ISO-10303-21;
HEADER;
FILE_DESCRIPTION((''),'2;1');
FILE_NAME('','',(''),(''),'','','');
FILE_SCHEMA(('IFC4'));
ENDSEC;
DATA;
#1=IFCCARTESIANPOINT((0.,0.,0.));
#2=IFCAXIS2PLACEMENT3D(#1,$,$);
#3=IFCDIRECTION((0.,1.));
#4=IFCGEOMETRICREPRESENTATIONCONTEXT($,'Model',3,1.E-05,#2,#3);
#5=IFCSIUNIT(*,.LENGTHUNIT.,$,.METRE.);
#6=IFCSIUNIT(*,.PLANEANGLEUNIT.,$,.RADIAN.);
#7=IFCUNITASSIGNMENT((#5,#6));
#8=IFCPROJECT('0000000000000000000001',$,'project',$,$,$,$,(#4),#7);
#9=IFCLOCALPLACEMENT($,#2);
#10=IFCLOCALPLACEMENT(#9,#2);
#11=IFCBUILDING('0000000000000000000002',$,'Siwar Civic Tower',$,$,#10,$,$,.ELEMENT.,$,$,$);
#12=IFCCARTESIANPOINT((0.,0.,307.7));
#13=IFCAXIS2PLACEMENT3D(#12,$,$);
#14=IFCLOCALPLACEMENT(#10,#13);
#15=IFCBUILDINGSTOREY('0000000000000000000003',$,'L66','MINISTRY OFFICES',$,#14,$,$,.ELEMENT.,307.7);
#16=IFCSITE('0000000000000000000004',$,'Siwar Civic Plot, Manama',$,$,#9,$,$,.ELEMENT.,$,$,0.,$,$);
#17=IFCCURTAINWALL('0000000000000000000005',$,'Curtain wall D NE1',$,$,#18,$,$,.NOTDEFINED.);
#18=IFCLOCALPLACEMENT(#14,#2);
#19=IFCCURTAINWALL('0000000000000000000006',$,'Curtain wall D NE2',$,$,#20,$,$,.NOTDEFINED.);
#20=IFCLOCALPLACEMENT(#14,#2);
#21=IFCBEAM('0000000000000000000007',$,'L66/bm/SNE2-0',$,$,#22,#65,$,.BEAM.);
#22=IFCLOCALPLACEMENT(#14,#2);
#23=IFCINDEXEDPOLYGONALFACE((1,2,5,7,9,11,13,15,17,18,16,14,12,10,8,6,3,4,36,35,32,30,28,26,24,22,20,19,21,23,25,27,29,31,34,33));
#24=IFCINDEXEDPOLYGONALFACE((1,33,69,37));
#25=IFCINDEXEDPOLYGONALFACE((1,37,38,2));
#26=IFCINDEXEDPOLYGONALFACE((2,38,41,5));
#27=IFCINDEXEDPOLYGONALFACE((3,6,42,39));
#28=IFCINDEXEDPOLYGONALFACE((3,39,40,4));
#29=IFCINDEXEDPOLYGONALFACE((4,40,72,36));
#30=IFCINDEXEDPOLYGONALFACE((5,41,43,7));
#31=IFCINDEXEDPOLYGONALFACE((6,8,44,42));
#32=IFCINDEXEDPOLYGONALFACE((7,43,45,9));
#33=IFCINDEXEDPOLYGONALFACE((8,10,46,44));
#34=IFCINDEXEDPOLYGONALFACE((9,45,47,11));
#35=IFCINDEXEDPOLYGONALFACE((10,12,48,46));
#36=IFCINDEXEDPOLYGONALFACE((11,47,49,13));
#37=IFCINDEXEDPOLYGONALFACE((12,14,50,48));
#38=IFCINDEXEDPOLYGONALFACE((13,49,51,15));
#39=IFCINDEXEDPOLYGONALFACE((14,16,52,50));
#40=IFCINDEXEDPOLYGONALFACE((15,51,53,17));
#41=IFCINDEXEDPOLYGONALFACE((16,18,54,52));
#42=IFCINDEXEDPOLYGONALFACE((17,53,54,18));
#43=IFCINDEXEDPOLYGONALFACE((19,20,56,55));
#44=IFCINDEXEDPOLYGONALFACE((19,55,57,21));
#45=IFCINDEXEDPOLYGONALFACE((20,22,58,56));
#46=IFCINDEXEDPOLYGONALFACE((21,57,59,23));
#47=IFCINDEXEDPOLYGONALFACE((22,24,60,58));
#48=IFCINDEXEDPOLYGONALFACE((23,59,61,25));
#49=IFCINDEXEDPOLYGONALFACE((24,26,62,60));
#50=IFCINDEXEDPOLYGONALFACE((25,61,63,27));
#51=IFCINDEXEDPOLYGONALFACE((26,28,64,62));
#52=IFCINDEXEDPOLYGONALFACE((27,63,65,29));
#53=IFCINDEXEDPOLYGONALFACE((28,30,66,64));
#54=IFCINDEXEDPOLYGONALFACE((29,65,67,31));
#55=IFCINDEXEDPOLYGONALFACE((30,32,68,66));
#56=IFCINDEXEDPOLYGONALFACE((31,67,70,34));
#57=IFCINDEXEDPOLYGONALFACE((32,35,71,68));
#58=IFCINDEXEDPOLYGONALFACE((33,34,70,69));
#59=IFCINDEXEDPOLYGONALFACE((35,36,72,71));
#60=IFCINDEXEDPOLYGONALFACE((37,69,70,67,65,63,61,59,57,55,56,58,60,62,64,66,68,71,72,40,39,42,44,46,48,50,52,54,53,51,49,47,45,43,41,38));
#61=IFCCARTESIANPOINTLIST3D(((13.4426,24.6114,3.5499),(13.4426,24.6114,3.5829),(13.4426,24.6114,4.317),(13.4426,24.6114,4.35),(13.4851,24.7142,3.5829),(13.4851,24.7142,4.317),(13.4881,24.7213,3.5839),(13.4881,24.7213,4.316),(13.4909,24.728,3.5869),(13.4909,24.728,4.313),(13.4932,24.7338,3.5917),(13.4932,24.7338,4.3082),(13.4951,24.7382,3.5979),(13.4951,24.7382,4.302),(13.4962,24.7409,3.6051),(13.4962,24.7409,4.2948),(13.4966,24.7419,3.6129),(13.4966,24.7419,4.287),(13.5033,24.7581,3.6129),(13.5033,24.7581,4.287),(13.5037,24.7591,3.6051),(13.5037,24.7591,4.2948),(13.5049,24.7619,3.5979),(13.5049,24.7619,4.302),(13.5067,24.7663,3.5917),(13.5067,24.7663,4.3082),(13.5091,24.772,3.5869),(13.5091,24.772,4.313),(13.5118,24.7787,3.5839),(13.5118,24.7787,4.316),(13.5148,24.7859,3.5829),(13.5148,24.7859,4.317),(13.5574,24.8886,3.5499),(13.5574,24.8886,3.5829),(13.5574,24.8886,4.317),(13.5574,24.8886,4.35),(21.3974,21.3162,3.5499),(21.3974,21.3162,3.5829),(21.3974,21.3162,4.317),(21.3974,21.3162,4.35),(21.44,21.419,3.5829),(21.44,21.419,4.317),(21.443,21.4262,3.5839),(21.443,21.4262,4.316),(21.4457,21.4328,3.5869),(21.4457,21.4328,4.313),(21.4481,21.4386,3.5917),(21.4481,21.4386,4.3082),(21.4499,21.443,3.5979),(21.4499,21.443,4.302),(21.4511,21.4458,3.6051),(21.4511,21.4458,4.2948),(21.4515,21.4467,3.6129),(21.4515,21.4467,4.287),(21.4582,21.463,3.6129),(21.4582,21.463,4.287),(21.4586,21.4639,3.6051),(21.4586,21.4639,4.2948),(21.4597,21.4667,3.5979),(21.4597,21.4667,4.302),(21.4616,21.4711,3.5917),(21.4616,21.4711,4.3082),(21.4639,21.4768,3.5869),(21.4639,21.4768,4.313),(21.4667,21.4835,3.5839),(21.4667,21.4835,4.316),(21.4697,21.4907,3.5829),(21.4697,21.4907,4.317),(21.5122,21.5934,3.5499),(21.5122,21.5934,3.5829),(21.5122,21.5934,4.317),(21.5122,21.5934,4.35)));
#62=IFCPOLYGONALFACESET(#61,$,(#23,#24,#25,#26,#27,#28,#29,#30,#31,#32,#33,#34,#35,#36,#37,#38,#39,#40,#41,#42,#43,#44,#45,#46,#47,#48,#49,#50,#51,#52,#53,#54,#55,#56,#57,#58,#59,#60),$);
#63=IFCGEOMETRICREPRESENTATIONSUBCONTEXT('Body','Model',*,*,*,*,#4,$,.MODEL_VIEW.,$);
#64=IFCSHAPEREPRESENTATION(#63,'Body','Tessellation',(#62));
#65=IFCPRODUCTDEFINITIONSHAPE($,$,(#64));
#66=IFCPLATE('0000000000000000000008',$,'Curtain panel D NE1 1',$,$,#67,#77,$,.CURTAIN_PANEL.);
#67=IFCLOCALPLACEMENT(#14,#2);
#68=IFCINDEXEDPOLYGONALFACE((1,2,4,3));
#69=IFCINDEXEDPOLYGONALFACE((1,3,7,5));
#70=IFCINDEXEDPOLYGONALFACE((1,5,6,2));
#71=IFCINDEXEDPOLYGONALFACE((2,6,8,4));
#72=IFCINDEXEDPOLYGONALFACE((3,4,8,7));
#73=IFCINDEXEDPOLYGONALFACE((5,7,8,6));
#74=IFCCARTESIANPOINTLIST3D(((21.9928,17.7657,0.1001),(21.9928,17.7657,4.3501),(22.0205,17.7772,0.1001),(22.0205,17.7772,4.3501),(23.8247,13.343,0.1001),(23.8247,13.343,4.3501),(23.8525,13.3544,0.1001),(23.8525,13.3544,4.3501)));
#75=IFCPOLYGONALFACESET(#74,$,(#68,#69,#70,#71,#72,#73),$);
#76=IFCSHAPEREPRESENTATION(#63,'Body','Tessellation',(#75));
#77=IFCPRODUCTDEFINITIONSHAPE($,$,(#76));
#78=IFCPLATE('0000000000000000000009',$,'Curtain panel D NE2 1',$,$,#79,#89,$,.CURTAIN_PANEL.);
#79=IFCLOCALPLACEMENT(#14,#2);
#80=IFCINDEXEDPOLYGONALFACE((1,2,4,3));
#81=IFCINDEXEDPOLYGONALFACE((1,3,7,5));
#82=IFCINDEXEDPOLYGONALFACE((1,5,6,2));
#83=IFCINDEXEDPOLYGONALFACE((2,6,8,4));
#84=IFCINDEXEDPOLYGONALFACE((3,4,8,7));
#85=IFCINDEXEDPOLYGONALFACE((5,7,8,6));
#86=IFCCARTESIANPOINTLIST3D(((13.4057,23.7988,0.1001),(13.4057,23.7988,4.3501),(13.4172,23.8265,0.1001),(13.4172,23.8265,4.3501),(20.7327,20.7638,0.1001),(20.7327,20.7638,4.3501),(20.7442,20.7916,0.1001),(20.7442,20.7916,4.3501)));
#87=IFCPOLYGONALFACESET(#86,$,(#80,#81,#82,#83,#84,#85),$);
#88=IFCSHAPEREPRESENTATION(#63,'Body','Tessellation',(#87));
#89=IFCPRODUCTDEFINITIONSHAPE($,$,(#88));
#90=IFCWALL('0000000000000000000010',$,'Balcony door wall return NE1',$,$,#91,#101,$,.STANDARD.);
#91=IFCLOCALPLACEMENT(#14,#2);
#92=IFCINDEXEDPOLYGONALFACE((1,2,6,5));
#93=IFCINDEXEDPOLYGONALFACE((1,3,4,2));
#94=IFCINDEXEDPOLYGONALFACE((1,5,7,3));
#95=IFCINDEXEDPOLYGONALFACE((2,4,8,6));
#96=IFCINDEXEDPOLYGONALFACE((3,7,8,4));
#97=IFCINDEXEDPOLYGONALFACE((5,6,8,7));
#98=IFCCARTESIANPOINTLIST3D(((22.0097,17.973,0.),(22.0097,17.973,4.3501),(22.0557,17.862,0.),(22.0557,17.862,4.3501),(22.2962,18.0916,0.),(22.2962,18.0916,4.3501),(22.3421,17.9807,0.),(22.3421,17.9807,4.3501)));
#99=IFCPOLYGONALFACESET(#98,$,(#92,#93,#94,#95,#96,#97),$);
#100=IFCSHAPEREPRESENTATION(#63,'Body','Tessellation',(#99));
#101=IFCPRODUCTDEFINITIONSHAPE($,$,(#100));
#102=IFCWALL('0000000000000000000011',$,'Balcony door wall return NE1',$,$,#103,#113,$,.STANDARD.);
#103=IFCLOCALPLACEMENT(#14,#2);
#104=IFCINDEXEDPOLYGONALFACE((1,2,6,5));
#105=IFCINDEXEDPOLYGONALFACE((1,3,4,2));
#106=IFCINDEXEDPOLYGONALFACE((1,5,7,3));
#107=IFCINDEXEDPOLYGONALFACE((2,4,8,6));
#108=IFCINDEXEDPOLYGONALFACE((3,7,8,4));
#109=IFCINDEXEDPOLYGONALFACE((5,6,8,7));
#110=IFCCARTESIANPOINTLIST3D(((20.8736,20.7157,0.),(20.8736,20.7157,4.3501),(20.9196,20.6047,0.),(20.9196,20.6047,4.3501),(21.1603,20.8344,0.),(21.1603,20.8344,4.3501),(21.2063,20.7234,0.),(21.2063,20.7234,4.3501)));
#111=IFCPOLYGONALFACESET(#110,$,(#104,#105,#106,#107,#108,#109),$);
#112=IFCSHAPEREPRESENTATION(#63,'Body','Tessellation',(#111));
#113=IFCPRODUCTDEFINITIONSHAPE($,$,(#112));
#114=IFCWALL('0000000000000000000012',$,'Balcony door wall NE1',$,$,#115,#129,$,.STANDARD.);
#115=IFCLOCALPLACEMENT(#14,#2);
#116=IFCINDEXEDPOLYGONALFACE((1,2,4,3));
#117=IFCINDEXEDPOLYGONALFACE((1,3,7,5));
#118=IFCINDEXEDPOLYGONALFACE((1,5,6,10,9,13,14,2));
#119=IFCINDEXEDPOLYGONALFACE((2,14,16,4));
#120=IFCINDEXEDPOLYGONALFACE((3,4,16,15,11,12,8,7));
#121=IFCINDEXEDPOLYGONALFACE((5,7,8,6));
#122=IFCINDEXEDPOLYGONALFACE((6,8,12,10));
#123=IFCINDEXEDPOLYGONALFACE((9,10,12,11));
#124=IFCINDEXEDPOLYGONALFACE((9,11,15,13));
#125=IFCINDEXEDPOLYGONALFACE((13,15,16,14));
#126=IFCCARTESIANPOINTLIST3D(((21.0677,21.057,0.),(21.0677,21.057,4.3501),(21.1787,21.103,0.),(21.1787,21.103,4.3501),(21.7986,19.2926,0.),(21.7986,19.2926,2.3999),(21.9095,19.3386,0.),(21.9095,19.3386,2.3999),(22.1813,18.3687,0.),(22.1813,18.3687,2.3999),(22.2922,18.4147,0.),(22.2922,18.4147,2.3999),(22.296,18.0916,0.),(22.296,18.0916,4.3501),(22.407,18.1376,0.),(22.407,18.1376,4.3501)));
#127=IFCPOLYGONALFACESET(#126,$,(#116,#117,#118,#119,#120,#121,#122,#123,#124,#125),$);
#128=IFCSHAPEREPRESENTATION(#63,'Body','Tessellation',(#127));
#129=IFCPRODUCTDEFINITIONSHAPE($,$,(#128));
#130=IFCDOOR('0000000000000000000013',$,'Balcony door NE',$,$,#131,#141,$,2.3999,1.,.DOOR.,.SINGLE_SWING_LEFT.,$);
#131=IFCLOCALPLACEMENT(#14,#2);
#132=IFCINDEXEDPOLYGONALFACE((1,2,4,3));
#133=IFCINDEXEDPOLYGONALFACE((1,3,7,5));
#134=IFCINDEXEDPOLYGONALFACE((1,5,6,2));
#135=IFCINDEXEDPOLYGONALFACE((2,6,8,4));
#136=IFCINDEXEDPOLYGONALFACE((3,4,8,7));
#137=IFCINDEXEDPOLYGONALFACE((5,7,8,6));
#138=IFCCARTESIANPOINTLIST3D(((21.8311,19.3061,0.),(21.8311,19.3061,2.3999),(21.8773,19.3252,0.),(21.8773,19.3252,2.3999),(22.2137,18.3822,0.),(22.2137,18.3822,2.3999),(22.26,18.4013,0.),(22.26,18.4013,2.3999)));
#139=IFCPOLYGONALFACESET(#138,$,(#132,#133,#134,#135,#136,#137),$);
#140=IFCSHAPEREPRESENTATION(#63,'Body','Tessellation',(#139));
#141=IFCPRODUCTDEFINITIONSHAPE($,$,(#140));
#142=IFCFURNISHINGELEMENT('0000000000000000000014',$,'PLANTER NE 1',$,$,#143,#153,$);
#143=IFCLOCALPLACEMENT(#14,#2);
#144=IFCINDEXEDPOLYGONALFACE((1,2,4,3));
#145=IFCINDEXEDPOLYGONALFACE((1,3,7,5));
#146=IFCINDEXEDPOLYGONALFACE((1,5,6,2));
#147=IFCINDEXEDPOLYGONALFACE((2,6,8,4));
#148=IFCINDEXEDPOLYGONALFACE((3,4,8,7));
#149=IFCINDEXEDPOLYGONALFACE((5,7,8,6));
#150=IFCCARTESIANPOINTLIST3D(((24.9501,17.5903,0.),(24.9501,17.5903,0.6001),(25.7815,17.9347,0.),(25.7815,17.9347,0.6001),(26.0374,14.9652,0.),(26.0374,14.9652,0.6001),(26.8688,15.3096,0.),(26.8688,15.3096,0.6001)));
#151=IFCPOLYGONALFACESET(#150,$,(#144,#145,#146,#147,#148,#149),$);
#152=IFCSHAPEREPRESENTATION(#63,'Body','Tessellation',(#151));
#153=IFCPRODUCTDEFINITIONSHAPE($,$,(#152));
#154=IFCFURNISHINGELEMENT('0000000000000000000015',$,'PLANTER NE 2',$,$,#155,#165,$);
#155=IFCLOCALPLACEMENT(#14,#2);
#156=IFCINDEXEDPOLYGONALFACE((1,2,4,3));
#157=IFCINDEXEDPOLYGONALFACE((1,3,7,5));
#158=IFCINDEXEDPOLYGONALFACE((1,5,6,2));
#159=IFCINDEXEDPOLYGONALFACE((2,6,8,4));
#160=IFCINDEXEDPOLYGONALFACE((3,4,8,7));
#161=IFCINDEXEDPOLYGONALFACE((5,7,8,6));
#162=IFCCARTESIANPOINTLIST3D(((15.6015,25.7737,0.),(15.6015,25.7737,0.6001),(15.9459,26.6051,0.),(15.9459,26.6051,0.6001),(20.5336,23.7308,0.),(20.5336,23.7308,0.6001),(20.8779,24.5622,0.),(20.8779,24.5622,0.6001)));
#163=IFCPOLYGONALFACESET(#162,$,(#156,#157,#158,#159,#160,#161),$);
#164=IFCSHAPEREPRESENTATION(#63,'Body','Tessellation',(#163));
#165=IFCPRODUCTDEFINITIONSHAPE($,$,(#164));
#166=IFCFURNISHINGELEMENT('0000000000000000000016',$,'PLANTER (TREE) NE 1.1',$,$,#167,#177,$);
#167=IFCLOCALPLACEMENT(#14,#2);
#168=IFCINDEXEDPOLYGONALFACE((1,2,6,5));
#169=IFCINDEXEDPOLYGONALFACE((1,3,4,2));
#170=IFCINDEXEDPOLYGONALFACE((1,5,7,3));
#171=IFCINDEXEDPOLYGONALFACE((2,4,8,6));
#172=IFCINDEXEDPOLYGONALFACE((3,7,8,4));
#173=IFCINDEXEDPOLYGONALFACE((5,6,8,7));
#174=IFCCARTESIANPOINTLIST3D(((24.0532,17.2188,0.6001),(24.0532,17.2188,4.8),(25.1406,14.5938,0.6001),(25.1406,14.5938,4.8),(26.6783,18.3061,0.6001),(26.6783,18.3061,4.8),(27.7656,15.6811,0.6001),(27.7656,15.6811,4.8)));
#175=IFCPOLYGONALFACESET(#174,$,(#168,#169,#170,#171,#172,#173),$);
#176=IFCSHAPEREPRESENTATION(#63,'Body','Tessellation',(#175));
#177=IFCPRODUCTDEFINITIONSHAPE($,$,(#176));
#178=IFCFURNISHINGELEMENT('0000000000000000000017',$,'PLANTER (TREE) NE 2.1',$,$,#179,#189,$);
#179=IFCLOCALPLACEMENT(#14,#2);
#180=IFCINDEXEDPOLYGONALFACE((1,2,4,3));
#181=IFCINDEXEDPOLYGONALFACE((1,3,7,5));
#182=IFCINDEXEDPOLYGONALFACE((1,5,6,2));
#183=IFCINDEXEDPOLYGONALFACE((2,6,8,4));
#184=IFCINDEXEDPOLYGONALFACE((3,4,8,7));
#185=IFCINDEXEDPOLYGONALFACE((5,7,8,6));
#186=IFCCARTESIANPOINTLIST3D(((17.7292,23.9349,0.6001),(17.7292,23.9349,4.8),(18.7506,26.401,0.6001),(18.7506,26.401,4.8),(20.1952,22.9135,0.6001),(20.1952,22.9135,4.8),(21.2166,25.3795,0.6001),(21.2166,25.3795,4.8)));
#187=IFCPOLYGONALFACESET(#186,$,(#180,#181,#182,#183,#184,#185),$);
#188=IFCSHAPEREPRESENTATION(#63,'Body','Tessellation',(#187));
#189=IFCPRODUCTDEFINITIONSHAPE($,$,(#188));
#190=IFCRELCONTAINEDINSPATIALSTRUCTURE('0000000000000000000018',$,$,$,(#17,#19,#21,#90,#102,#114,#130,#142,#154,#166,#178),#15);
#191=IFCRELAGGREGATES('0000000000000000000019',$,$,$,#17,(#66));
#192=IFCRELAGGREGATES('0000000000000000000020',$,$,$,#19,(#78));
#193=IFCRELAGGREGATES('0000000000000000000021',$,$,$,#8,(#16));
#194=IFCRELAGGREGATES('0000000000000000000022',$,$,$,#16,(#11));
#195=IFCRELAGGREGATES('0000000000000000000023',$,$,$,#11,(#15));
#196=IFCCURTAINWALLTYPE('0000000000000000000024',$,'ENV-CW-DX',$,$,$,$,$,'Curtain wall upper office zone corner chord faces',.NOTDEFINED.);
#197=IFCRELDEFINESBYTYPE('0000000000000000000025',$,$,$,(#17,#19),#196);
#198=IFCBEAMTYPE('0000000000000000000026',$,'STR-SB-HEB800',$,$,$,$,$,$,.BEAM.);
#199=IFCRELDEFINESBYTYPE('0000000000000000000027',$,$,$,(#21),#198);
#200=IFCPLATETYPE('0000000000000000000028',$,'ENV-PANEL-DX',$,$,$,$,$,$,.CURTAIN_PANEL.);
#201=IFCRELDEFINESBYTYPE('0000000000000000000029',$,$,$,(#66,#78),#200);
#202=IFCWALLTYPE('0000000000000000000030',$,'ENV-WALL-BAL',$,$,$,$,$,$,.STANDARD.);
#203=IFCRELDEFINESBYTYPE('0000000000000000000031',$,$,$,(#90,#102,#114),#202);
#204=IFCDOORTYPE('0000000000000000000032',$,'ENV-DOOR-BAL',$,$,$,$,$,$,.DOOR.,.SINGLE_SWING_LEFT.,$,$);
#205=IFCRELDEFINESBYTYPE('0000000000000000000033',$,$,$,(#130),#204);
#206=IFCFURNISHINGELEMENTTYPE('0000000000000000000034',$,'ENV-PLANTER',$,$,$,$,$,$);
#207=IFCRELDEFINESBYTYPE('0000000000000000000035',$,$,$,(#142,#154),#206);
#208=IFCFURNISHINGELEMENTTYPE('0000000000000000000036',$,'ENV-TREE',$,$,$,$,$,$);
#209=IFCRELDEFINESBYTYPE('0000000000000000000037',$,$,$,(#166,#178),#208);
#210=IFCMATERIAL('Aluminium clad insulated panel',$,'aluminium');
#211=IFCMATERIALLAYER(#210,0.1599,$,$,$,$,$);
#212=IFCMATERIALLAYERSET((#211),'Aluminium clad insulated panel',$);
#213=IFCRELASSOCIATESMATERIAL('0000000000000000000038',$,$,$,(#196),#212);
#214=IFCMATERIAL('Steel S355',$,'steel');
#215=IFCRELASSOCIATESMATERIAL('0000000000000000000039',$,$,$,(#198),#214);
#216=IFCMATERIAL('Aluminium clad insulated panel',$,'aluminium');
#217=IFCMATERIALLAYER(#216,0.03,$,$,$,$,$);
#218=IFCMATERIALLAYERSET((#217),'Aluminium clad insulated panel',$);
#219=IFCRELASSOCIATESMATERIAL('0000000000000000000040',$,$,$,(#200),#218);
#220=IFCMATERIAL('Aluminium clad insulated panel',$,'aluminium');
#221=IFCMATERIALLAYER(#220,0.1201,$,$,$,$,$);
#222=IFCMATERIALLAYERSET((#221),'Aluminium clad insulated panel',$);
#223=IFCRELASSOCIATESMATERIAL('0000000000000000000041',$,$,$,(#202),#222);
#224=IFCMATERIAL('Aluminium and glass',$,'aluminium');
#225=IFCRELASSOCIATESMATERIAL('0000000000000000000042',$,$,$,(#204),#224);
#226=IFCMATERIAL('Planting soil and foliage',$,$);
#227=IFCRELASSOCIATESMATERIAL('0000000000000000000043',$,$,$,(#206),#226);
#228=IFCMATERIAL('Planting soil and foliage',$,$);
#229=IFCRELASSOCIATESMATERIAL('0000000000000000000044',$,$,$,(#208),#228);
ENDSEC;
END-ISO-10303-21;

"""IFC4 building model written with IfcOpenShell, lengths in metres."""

from ifc_helpers import new_model, si_unit, direction, frame, frame_2d, origin, origin_2d, place, context, subcontext, project, spatial, rectangle, i_section, extrude, material, layer, layer_set, material_profile, profile_set, type_object, element, fill, aggregate, save


model = new_model("IFC4")

# Units and contexts
model_context = context("Model", 3, precision=1e-05, world=origin(), true_north=direction((0.0, 1.0)))
body_context = subcontext(model_context, "Body", "Model", "MODEL_VIEW")
ifc_project = project(units=[si_unit("LENGTHUNIT", "METRE"), si_unit("PLANEANGLEUNIT", "RADIAN")], contexts=[model_context])

# Site, building, storey
site_placement = place(None, origin())
site = spatial("IfcSite", under=ifc_project, at=site_placement, Name="Siwar Civic Plot, Manama", CompositionType="ELEMENT", RefElevation=0.0)
building_placement = place(site_placement, origin())
building = spatial("IfcBuilding", under=site, at=building_placement, Name="Siwar Civic Tower", CompositionType="ELEMENT")
storey_placement = place(building_placement, frame((0.0, 0.0, 307.7)))
storey = spatial("IfcBuildingStorey", under=building, at=storey_placement, Name="L66", Description="MINISTRY OFFICES", CompositionType="ELEMENT", Elevation=307.7)

# Curtain wall
ifc_material_1 = material(Name="Aluminium clad insulated panel", Category="aluminium")
ifc_layer_1 = layer(ifc_material_1, 0.1599)
ifc_layer_set_1 = layer_set([ifc_layer_1], Name="Aluminium clad insulated panel")
curtain_wall_type = type_object("IfcCurtainWallType", Name="ENV-CW-DX", ElementType="Curtain wall upper office zone corner chord faces", PredefinedType="NOTDEFINED", material=ifc_layer_set_1)
curtain_wall_1_placement = place(storey_placement, origin())
curtain_wall_1 = element("IfcCurtainWall", 1, at=curtain_wall_1_placement, inside=storey, type_object=curtain_wall_type, Name="Curtain wall D NE1", PredefinedType="NOTDEFINED")

# Curtain wall
curtain_wall_2_placement = place(storey_placement, origin())
curtain_wall_2 = element("IfcCurtainWall", 2, at=curtain_wall_2_placement, inside=storey, type_object=curtain_wall_type, Name="Curtain wall D NE2", PredefinedType="NOTDEFINED")

# Beam
ifc_material_2 = material(Name="Steel S355", Category="steel")
ifc_material_profile_1 = material_profile(ifc_material_2, i_section(OverallWidth=0.3, OverallDepth=0.8, WebThickness=0.0176, FlangeThickness=0.033, FilletRadius=0.03, at=origin_2d()), Name="HEB800")
ifc_profile_set_1 = profile_set([ifc_material_profile_1], Name="Steel S355")
beam_type_1 = type_object("IfcBeamType", Name="STR-SB-HEB800", PredefinedType="BEAM", material=ifc_profile_set_1)
beam_1_placement = place(storey_placement, frame((21.4548, 21.4548, 3.95), z_axis=(-0.923873, 0.3827, 0.0), x_axis=(-0.3827, -0.923873, 0.0)))
element("IfcBeam", 3, at=beam_1_placement, inside=storey, type_object=beam_type_1, Name="L66/bm/SNE2-0", PredefinedType="BEAM", context=body_context, shape_type="SweptSolid", body=[
    extrude(i_section(OverallWidth=0.3, OverallDepth=0.8, WebThickness=0.0176, FlangeThickness=0.033, FilletRadius=0.03, at=origin_2d()), origin(), (0.0, 0.0, 1.0), 8.6104),
])

# Plates
ifc_material_3 = material(Name="Aluminium clad insulated panel", Category="aluminium")
ifc_layer_2 = layer(ifc_material_3, 0.03)
ifc_layer_set_2 = layer_set([ifc_layer_2], Name="Aluminium clad insulated panel")
plate_type = type_object("IfcPlateType", Name="ENV-PANEL-DX", PredefinedType="CURTAIN_PANEL", material=ifc_layer_set_2)
plate_1_placement = place(storey_placement, frame((22.9226, 15.5601, 0.1001), z_axis=(0.0, 0.0, 1.0), x_axis=(-0.382683, 0.92388, 0.0)))
plate_1 = element("IfcPlate", 4, at=plate_1_placement, type_object=plate_type, Name="Curtain panel D NE1 1", PredefinedType="CURTAIN_PANEL", context=body_context, shape_type="SweptSolid", body=[
    extrude(rectangle(XDim=4.7871, YDim=0.03, at=origin_2d()), origin(), (0.0, 0.0, 1.0), 4.25),
])
aggregate(curtain_wall_1, [plate_1])
plate_2_placement = place(storey_placement, frame((17.075, 22.2952, 0.1001), z_axis=(0.0, 0.0, 1.0), x_axis=(-0.92388, 0.382683, 0.0)))
plate_2 = element("IfcPlate", 5, at=plate_2_placement, type_object=plate_type, Name="Curtain panel D NE2 1", PredefinedType="CURTAIN_PANEL", context=body_context, shape_type="SweptSolid", body=[
    extrude(rectangle(XDim=7.9307, YDim=0.03, at=origin_2d()), origin(), (0.0, 0.0, 1.0), 4.25),
])
aggregate(curtain_wall_2, [plate_2])

# Walls
ifc_material_4 = material(Name="Aluminium clad insulated panel", Category="aluminium")
ifc_layer_3 = layer(ifc_material_4, 0.1201)
ifc_layer_set_3 = layer_set([ifc_layer_3], Name="Aluminium clad insulated panel")
wall_type = type_object("IfcWallType", Name="ENV-WALL-BAL", PredefinedType="STANDARD", material=ifc_layer_set_3)
wall_1_placement = place(storey_placement, frame((22.0327, 17.9175, 0.0), z_axis=(0.0, 0.0, 1.0), x_axis=(0.923844, 0.382769, 0.0)))
element("IfcWall", 6, at=wall_1_placement, inside=storey, type_object=wall_type, Name="Balcony door wall return NE1", PredefinedType="STANDARD", context=body_context, shape_type="SweptSolid", body=[
    extrude(rectangle(XDim=0.3101, YDim=0.1201, at=frame_2d((0.155, 0.0))), origin(), (0.0, 0.0, 1.0), 4.3501),
])
wall_2_placement = place(storey_placement, frame((20.8965, 20.6602, 0.0), z_axis=(0.0, 0.0, 1.0), x_axis=(0.923959, 0.382491, 0.0)))
element("IfcWall", 7, at=wall_2_placement, inside=storey, type_object=wall_type, Name="Balcony door wall return NE1", PredefinedType="STANDARD", context=body_context, shape_type="SweptSolid", body=[
    extrude(rectangle(XDim=0.3103, YDim=0.1201, at=frame_2d((0.1553, 0.0))), origin(), (0.0, 0.0, 1.0), 4.3501),
])

# Wall, opening, door
wall_3_placement = place(storey_placement, frame((22.3516, 18.1145, 0.0), z_axis=(0.0, 0.0, 1.0), x_axis=(-0.382681, 0.923881, 0.0)))
wall_3 = element("IfcWall", 8, at=wall_3_placement, inside=storey, type_object=wall_type, Name="Balcony door wall NE1", PredefinedType="STANDARD", context=body_context, shape_type="SweptSolid", body=[
    extrude(rectangle(XDim=3.2097, YDim=0.1201, at=frame_2d((1.605, 0.0))), origin(), (0.0, 0.0, 1.0), 4.3501),
])
opening_placement = place(wall_3_placement, frame((0.3, 0.0, 0.0)))
opening = element("IfcOpeningElement", 9, at=opening_placement, cuts=wall_3, PredefinedType="OPENING", context=body_context, shape_type="SweptSolid", body=[
    extrude(rectangle(XDim=1.0, YDim=2.3999, at=frame_2d((0.5, 1.2))), frame((0.0, 0.0701, 0.0), z_axis=(0.0, -1.0, 0.0), x_axis=(1.0, 0.0, 0.0)), (0.0, 0.0, 1.0), 0.1401),
])
ifc_material_5 = material(Name="Aluminium and glass", Category="aluminium")
door_type = type_object("IfcDoorType", Name="ENV-DOOR-BAL", OperationType="SINGLE_SWING_LEFT", PredefinedType="DOOR", material=ifc_material_5)
door_placement = place(opening_placement, origin())
door = element("IfcDoor", 10, at=door_placement, inside=storey, type_object=door_type, Name="Balcony door NE", OperationType="SINGLE_SWING_LEFT", OverallHeight=2.3999, OverallWidth=1.0, PredefinedType="DOOR", context=body_context, shape_type="SweptSolid", body=[
    extrude(rectangle(XDim=1.0, YDim=2.3999, at=frame_2d((0.5, 1.2))), frame((0.0, 0.0249, 0.0), z_axis=(0.0, -1.0, 0.0), x_axis=(1.0, 0.0, 0.0)), (0.0, 0.0, 1.0), 0.05),
])
fill(opening, door)

# Furnishing elements
ifc_material_6 = material(Name="Planting soil and foliage")
furnishing_element_type_1 = type_object("IfcFurnishingElementType", Name="ENV-PLANTER", material=ifc_material_6)
furnishing_1_placement = place(storey_placement, frame((25.9094, 16.45, 0.0), z_axis=(0.0, 0.0, 1.0), x_axis=(-0.382683, 0.92388, 0.0)))
element("IfcFurnishingElement", 11, at=furnishing_1_placement, inside=storey, type_object=furnishing_element_type_1, Name="PLANTER NE 1", context=body_context, shape_type="SweptSolid", body=[
    extrude(rectangle(XDim=2.8413, YDim=0.8999, at=origin_2d()), origin(), (0.0, 0.0, 1.0), 0.6001),
])
furnishing_2_placement = place(storey_placement, frame((18.2397, 25.168, 0.0), z_axis=(0.0, 0.0, 1.0), x_axis=(-0.92388, 0.382683, 0.0)))
element("IfcFurnishingElement", 12, at=furnishing_2_placement, inside=storey, type_object=furnishing_element_type_1, Name="PLANTER NE 2", context=body_context, shape_type="SweptSolid", body=[
    extrude(rectangle(XDim=5.3384, YDim=0.8999, at=origin_2d()), origin(), (0.0, 0.0, 1.0), 0.6001),
])
ifc_material_7 = material(Name="Planting soil and foliage")
furnishing_element_type_2 = type_object("IfcFurnishingElementType", Name="ENV-TREE", material=ifc_material_7)
furnishing_3_placement = place(storey_placement, frame((25.9094, 16.45, 0.6001), z_axis=(0.0, 0.0, 1.0), x_axis=(-0.382683, 0.92388, 0.0)))
element("IfcFurnishingElement", 13, at=furnishing_3_placement, inside=storey, type_object=furnishing_element_type_2, Name="PLANTER (TREE) NE 1.1", context=body_context, shape_type="SweptSolid", body=[
    extrude(rectangle(XDim=2.8413, YDim=2.8413, at=origin_2d()), origin(), (0.0, 0.0, 1.0), 4.2),
])
for number, where, z_axis, x_axis, name in (
    (14, (19.4729, 24.6572, 0.6001), (0.0, 0.0, 1.0), (-0.92388, 0.382683, 0.0), "PLANTER (TREE) NE 2.1"),
):
    element("IfcFurnishingElement", number, at=place(storey_placement, frame(where, z_axis=z_axis, x_axis=x_axis)), inside=storey, type_object=furnishing_element_type_2, Name=name, context=body_context, shape_type="SweptSolid", body=[
        extrude(rectangle(XDim=2.6692, YDim=2.6692, at=origin_2d()), origin(), (0.0, 0.0, 1.0), 4.2),
    ])

save(model, "model.ifc")
